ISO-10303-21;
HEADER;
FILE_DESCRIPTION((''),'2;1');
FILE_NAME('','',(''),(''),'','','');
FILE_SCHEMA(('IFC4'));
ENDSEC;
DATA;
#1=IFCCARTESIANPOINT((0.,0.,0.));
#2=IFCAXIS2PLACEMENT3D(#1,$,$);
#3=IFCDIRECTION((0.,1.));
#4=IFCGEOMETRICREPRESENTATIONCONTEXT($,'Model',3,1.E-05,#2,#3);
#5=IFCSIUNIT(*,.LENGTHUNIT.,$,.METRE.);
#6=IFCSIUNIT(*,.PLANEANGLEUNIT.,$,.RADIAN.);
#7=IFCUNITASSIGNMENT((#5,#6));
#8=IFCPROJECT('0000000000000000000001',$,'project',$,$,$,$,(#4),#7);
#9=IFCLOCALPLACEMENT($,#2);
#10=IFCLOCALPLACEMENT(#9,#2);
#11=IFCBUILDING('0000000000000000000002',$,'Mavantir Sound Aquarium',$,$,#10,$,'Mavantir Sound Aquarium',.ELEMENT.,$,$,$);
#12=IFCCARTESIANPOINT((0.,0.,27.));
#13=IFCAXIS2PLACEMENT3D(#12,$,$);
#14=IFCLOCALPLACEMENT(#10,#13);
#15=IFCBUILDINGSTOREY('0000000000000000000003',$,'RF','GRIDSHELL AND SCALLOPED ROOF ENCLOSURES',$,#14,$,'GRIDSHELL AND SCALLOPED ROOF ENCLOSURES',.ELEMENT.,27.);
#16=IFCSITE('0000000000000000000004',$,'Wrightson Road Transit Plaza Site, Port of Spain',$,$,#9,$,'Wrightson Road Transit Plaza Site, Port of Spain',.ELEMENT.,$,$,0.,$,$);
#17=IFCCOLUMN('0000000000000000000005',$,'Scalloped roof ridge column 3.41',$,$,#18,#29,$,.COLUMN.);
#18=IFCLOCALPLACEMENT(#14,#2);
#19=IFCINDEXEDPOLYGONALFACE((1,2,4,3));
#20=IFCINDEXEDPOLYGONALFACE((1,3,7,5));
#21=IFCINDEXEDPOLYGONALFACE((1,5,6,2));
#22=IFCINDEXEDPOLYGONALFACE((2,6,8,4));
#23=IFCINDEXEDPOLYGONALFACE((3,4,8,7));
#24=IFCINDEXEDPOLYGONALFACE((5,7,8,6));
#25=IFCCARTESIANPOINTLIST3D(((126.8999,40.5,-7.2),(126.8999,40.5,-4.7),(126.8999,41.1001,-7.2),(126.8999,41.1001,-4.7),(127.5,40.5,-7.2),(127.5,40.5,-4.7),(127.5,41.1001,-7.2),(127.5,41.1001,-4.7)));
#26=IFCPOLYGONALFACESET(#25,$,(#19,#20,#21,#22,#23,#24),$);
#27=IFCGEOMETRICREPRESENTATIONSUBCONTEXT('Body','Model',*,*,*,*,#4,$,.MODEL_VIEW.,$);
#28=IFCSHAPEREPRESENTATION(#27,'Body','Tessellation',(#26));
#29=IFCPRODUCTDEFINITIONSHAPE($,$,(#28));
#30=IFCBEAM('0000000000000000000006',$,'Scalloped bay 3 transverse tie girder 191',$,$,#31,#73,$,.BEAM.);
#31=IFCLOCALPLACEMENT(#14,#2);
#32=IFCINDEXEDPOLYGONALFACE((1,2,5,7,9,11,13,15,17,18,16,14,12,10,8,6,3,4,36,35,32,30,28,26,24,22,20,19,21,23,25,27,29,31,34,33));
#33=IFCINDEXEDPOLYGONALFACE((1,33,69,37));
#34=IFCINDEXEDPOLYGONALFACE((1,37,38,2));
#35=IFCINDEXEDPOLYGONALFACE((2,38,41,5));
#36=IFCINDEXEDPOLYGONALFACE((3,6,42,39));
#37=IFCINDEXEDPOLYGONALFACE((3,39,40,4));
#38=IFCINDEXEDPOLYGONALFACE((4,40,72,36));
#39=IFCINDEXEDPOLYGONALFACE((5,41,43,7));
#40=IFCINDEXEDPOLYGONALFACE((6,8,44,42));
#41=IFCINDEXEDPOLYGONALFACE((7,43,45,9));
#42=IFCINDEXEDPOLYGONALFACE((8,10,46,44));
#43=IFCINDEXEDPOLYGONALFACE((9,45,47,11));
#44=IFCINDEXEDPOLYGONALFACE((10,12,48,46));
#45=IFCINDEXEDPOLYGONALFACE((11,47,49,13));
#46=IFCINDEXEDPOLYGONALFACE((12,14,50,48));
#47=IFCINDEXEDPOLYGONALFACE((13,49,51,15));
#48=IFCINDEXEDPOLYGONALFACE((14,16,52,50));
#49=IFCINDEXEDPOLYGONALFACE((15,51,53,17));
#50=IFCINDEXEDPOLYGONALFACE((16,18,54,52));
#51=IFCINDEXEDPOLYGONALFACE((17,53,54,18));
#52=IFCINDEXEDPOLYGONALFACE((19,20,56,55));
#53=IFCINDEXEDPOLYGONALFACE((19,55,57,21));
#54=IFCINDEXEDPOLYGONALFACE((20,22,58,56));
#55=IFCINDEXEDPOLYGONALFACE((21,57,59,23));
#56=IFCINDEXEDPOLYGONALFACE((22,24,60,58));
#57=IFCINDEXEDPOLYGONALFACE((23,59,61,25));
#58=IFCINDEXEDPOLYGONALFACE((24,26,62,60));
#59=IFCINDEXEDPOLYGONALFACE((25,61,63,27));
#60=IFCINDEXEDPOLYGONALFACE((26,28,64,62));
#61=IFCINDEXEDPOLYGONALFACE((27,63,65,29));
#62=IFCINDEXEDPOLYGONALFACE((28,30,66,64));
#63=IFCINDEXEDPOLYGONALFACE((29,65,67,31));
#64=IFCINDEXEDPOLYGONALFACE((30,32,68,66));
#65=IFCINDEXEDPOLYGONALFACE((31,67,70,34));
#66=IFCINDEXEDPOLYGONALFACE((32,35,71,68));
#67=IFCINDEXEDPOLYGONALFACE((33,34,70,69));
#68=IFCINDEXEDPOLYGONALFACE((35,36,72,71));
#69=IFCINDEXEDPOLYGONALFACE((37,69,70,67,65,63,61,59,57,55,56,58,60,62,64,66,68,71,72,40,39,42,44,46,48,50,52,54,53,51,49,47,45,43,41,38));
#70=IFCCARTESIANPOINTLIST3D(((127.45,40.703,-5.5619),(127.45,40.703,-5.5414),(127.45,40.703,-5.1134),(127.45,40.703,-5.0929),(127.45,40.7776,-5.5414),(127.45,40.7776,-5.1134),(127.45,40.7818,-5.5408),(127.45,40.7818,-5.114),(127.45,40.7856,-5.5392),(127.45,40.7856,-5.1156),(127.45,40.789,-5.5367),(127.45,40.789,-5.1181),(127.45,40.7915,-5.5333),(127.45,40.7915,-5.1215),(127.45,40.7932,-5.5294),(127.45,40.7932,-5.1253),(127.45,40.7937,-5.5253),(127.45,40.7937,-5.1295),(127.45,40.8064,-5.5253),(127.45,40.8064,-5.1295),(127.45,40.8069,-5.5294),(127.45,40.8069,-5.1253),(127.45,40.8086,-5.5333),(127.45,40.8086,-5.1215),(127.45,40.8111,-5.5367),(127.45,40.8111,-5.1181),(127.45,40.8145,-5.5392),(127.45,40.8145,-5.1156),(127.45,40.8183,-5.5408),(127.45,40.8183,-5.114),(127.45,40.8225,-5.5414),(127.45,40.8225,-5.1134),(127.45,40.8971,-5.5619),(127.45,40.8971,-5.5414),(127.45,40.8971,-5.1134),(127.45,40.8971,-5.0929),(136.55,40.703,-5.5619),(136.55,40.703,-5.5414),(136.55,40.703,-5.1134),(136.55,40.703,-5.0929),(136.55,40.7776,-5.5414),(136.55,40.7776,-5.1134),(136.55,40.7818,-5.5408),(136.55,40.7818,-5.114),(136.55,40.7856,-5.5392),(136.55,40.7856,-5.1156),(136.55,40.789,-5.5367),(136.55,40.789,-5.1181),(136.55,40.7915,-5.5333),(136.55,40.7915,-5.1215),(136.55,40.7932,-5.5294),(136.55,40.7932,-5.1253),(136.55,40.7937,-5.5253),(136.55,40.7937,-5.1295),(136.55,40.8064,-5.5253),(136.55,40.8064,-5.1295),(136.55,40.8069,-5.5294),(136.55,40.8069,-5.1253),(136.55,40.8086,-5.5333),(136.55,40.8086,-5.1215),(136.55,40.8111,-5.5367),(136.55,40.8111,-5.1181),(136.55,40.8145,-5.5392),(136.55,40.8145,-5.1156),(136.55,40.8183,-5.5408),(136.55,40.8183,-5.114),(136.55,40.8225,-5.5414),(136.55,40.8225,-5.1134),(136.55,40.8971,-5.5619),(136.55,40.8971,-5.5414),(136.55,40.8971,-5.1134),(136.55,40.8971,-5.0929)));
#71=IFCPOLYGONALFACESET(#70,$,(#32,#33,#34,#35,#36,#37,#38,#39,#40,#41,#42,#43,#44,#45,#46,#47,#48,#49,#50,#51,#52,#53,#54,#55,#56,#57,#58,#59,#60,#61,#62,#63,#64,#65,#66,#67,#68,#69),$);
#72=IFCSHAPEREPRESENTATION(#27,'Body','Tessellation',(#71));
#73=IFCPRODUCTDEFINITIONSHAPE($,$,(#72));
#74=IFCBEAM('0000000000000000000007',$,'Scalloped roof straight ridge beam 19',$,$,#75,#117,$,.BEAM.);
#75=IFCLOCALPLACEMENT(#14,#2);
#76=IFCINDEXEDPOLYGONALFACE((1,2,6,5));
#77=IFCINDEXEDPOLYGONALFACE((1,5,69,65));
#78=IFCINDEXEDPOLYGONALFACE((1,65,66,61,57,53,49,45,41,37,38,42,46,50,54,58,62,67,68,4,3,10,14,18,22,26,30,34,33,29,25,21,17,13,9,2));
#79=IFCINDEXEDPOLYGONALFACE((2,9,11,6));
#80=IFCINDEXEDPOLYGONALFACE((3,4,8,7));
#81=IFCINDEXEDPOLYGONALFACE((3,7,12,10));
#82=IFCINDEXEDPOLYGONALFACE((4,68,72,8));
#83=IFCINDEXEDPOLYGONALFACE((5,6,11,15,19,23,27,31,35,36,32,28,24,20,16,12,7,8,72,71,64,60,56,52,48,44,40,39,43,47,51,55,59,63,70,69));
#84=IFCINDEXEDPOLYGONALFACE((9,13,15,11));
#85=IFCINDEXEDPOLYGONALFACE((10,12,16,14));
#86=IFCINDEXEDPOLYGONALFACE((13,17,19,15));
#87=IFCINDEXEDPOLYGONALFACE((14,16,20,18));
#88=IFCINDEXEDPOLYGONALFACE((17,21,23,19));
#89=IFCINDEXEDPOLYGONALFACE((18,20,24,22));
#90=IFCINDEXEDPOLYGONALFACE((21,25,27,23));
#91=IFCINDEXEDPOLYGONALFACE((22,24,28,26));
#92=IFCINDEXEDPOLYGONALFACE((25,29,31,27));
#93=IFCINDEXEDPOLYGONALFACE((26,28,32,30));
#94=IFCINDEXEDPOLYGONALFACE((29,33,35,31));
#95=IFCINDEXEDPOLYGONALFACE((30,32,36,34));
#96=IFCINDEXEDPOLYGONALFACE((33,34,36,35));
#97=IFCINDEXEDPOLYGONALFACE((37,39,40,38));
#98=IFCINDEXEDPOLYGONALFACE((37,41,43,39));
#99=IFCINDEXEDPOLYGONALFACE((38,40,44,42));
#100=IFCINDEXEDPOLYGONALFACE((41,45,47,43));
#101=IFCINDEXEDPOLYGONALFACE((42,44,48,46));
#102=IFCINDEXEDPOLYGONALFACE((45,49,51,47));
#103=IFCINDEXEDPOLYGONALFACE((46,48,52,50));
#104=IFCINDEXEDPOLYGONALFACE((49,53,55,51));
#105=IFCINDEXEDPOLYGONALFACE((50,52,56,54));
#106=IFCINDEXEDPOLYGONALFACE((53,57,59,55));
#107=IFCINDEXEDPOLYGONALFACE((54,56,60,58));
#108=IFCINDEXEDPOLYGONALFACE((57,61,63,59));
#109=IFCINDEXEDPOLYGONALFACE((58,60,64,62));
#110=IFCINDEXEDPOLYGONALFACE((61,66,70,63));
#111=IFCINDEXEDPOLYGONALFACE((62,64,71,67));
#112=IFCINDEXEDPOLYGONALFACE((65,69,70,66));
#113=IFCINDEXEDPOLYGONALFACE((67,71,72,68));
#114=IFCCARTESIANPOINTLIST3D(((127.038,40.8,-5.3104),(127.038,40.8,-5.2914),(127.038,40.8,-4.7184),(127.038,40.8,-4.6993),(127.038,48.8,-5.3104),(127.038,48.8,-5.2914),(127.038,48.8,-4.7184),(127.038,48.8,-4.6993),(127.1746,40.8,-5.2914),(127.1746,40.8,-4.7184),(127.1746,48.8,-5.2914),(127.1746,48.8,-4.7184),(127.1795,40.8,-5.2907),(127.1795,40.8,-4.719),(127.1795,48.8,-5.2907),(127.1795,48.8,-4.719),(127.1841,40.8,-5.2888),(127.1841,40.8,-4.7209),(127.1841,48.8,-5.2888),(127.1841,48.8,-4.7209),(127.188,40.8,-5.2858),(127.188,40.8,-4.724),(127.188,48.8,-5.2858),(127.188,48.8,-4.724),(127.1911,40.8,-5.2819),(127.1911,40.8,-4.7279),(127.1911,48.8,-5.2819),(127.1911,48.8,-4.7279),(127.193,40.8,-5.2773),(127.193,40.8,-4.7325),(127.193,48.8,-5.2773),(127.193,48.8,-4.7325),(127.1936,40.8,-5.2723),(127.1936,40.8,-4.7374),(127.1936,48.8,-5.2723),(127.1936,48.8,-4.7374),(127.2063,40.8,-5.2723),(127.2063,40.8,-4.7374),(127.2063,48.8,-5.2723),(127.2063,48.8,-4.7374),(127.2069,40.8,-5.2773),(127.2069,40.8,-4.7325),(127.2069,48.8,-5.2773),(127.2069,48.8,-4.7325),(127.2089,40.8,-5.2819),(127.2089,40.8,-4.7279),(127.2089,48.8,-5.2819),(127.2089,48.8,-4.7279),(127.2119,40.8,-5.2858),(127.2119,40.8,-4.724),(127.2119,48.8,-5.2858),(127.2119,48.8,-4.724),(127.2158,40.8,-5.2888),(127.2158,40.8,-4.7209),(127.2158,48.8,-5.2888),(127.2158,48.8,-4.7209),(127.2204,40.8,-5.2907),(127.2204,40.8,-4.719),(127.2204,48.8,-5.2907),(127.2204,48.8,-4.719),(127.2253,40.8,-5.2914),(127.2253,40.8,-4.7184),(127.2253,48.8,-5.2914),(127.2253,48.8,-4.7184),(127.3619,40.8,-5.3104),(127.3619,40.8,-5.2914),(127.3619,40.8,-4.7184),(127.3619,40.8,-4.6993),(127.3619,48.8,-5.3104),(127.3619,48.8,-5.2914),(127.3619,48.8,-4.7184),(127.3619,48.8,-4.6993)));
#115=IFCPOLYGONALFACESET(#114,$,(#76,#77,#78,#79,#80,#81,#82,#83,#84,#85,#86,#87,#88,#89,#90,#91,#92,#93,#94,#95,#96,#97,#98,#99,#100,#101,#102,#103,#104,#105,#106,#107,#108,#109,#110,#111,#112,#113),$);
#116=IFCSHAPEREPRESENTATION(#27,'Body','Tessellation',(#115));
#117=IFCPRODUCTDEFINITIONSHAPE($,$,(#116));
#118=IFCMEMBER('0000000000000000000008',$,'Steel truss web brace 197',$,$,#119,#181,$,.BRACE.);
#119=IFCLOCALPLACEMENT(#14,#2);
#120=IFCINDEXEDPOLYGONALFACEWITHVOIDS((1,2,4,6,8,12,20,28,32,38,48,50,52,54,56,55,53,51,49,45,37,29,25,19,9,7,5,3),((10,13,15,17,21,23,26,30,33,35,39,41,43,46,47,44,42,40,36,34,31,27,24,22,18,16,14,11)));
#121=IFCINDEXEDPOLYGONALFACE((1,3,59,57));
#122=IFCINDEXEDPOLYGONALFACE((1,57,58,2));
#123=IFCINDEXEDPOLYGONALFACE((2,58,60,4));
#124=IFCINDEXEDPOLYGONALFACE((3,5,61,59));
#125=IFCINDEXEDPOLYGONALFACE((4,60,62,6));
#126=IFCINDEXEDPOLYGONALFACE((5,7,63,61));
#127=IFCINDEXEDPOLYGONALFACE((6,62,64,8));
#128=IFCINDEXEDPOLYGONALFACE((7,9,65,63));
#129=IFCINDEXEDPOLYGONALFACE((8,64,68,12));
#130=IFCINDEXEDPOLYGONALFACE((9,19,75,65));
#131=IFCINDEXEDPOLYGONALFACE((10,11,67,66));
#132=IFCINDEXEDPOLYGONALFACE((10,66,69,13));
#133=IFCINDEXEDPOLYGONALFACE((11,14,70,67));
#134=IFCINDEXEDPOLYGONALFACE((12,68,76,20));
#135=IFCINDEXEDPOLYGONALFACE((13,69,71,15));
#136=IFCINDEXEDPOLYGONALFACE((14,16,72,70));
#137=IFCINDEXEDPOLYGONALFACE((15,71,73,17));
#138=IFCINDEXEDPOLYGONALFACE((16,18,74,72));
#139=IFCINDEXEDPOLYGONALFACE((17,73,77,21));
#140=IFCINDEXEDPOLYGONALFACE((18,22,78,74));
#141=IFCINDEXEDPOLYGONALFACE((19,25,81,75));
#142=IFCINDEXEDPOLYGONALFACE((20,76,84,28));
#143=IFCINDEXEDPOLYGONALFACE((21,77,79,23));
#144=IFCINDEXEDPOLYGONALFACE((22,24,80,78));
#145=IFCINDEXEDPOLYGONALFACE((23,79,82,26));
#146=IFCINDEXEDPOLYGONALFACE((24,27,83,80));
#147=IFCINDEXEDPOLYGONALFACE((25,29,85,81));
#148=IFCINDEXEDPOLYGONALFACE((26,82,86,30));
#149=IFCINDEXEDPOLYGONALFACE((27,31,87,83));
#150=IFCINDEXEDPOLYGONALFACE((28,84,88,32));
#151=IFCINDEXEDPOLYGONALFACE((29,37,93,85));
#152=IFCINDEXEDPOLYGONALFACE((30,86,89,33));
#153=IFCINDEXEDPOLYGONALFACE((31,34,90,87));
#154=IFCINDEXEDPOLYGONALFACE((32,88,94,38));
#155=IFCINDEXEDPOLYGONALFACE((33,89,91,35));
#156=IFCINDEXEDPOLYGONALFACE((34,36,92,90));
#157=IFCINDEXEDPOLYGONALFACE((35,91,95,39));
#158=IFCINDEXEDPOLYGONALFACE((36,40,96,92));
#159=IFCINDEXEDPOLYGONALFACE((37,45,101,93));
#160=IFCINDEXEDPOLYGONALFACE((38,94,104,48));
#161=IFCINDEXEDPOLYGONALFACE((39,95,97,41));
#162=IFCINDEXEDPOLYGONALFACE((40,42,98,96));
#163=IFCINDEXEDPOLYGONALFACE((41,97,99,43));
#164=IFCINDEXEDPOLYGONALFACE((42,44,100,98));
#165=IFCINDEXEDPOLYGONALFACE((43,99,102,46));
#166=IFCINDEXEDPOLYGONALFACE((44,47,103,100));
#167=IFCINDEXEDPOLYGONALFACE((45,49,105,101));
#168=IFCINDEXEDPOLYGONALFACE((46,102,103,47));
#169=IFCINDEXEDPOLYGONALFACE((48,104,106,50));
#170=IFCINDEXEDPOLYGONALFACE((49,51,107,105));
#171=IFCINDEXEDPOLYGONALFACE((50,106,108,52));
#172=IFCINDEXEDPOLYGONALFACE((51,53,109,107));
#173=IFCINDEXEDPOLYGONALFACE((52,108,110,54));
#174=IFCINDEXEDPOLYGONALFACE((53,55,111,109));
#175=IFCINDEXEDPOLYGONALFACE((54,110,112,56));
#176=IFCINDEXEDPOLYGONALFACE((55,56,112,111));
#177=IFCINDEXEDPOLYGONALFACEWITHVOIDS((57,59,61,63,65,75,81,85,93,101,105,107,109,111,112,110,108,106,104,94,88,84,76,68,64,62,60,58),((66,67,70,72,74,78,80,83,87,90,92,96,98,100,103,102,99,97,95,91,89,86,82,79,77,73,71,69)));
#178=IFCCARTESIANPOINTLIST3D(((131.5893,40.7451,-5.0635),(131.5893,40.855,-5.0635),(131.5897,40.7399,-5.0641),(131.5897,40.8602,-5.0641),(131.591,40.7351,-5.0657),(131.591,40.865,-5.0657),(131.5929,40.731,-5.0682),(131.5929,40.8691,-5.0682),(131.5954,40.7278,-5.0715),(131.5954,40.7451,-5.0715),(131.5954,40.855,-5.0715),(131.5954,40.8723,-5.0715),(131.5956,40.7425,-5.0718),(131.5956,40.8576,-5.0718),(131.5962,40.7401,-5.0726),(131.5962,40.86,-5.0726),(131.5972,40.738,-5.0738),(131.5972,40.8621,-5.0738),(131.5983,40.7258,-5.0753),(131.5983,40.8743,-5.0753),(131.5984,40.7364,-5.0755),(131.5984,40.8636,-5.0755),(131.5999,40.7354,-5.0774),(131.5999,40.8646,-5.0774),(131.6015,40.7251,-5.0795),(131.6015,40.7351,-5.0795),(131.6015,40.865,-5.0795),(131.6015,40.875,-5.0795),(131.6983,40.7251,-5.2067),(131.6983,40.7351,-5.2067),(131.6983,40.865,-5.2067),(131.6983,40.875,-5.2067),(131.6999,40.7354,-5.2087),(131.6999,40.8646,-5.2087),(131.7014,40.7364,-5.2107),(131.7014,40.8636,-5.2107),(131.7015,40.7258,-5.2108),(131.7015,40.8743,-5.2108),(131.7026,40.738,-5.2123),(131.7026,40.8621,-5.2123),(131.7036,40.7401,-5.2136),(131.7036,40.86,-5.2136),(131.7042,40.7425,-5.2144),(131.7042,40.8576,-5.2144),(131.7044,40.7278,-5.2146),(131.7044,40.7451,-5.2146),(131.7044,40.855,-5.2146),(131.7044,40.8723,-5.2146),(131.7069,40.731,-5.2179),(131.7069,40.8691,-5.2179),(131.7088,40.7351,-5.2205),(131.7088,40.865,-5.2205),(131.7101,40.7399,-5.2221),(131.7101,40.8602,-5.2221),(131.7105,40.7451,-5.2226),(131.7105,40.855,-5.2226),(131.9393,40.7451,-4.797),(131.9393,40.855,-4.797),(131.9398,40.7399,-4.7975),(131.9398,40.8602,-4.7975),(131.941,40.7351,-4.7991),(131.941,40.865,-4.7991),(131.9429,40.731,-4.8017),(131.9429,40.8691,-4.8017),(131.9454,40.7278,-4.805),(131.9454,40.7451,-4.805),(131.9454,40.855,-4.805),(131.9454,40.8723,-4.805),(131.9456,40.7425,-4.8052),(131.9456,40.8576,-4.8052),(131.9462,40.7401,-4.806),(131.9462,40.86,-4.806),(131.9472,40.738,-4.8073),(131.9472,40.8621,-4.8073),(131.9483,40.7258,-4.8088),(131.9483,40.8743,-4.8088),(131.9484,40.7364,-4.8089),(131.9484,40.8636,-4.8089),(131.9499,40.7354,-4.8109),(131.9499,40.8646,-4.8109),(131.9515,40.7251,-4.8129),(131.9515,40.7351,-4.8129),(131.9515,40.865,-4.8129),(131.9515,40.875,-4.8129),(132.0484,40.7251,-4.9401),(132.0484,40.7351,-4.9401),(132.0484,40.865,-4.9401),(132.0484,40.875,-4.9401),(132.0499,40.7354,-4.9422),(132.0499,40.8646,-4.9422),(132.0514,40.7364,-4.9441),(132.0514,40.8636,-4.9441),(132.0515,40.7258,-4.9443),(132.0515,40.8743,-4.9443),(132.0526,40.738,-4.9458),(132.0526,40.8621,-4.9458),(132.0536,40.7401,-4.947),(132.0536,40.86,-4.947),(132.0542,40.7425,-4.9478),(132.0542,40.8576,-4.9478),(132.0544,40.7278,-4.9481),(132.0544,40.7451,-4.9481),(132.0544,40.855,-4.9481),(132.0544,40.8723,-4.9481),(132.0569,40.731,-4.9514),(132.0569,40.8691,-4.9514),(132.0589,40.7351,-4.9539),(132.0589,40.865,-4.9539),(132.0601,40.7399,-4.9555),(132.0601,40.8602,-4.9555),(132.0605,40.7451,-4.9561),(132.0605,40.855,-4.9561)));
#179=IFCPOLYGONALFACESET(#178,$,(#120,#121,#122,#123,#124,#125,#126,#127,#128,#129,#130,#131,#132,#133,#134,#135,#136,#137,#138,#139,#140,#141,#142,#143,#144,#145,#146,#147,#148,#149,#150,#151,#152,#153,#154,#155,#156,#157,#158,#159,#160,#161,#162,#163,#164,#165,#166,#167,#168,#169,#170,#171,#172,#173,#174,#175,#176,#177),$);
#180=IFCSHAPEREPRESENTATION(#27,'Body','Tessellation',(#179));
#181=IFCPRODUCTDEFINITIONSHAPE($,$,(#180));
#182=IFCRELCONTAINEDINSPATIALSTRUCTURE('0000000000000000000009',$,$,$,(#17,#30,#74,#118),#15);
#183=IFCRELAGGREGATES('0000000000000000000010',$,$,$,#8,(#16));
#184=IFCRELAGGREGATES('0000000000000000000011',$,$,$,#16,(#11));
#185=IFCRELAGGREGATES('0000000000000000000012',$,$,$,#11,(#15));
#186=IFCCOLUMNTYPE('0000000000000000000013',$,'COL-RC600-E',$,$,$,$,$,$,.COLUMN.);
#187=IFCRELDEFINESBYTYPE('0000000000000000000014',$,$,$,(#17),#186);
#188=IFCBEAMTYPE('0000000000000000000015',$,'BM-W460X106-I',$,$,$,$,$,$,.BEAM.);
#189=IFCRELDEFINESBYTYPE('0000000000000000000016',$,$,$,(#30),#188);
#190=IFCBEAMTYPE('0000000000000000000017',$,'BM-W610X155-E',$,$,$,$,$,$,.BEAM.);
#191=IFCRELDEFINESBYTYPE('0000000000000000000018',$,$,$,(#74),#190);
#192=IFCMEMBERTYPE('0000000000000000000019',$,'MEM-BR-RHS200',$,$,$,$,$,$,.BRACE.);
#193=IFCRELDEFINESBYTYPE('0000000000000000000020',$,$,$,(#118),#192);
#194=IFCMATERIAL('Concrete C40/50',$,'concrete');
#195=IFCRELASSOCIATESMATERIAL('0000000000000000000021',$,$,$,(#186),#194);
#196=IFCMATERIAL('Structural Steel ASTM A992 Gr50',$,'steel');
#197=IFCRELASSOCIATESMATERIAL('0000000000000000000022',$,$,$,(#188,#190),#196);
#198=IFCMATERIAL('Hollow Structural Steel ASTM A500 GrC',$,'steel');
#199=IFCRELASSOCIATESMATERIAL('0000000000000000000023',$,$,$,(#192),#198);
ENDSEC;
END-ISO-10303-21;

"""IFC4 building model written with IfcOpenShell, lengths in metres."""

from ifc_helpers import new_model, si_unit, direction, frame, origin, origin_2d, place, context, subcontext, project, spatial, rectangle, hollow_rectangle, i_section, extrude, material, material_profile, profile_set, type_object, element, save


model = new_model("IFC4")

# Units and contexts
model_context = context("Model", 3, precision=1e-05, world=origin(), true_north=direction((0.0, 1.0)))
body_context = subcontext(model_context, "Body", "Model", "MODEL_VIEW")
ifc_project = project(units=[si_unit("LENGTHUNIT", "METRE"), si_unit("PLANEANGLEUNIT", "RADIAN")], contexts=[model_context])

# Site, building, storey
site_placement = place(None, origin())
site = spatial("IfcSite", under=ifc_project, at=site_placement, Name="Wrightson Road Transit Plaza Site, Port of Spain", LongName="Wrightson Road Transit Plaza Site, Port of Spain", CompositionType="ELEMENT", RefElevation=0.0)
building_placement = place(site_placement, origin())
building = spatial("IfcBuilding", under=site, at=building_placement, Name="Mavantir Sound Aquarium", LongName="Mavantir Sound Aquarium", CompositionType="ELEMENT")
storey_placement = place(building_placement, frame((0.0, 0.0, 27.0)))
storey = spatial("IfcBuildingStorey", under=building, at=storey_placement, Name="RF", Description="GRIDSHELL AND SCALLOPED ROOF ENCLOSURES", LongName="GRIDSHELL AND SCALLOPED ROOF ENCLOSURES", CompositionType="ELEMENT", Elevation=27.0)

# Column
ifc_material_1 = material(Name="Concrete C40/50", Category="concrete")
ifc_material_profile_1 = material_profile(ifc_material_1, rectangle(XDim=0.6001, YDim=0.6001, at=origin_2d()), Name="RC 600X600")
ifc_profile_set_1 = profile_set([ifc_material_profile_1], Name="Concrete C40/50")
column_type = type_object("IfcColumnType", Name="COL-RC600-E", PredefinedType="COLUMN", material=ifc_profile_set_1)
column_placement = place(storey_placement, frame((127.2, 40.8, -7.2), z_axis=(0.0, 0.0, 1.0), x_axis=(1.0, 0.0, 0.0)))
element("IfcColumn", 1, at=column_placement, inside=storey, type_object=column_type, Name="Scalloped roof ridge column 3.41", PredefinedType="COLUMN", context=body_context, shape_type="SweptSolid", body=[
    extrude(rectangle(XDim=0.6001, YDim=0.6001, at=origin_2d()), origin(), (0.0, 0.0, 1.0), 2.5),
])

# Beams
ifc_material_2 = material(Name="Structural Steel ASTM A992 Gr50", Category="steel")
ifc_material_profile_2 = material_profile(ifc_material_2, i_section(OverallWidth=0.1941, OverallDepth=0.469, WebThickness=0.0127, FlangeThickness=0.0205, FilletRadius=0.0161, at=origin_2d()), Name="W460X106")
ifc_profile_set_2 = profile_set([ifc_material_profile_2], Name="Structural Steel ASTM A992 Gr50")
beam_type_1 = type_object("IfcBeamType", Name="BM-W460X106-I", PredefinedType="BEAM", material=ifc_profile_set_2)
beam_1_placement = place(storey_placement, frame((127.45, 40.8, -5.3274), z_axis=(1.0, 0.0, 0.0), x_axis=(0.0, 1.0, 0.0)))
element("IfcBeam", 2, at=beam_1_placement, inside=storey, type_object=beam_type_1, Name="Scalloped bay 3 transverse tie girder 191", PredefinedType="BEAM", context=body_context, shape_type="SweptSolid", body=[
    extrude(i_section(OverallWidth=0.1941, OverallDepth=0.469, WebThickness=0.0127, FlangeThickness=0.0205, FilletRadius=0.0161, at=origin_2d()), origin(), (0.0, 0.0, 1.0), 9.1001),
])
ifc_material_profile_3 = material_profile(ifc_material_2, i_section(OverallWidth=0.324, OverallDepth=0.6111, WebThickness=0.0127, FlangeThickness=0.019, FilletRadius=0.019, at=origin_2d()), Name="W610X155")
ifc_profile_set_3 = profile_set([ifc_material_profile_3], Name="Structural Steel ASTM A992 Gr50")
beam_type_2 = type_object("IfcBeamType", Name="BM-W610X155-E", PredefinedType="BEAM", material=ifc_profile_set_3)
beam_2_placement = place(storey_placement, frame((127.2, 40.8, -5.0049), z_axis=(0.0, 1.0, 0.0), x_axis=(-1.0, 0.0, 0.0)))
element("IfcBeam", 3, at=beam_2_placement, inside=storey, type_object=beam_type_2, Name="Scalloped roof straight ridge beam 19", PredefinedType="BEAM", context=body_context, shape_type="SweptSolid", body=[
    extrude(i_section(OverallWidth=0.324, OverallDepth=0.6111, WebThickness=0.0127, FlangeThickness=0.019, FilletRadius=0.019, at=origin_2d()), origin(), (0.0, 0.0, 1.0), 8.0),
])

# Member
ifc_material_3 = material(Name="Hollow Structural Steel ASTM A500 GrC", Category="steel")
ifc_material_profile_4 = material_profile(ifc_material_3, hollow_rectangle(XDim=0.1499, YDim=0.2, WallThickness=0.01, InnerFilletRadius=0.01, OuterFilletRadius=0.02, at=origin_2d()), Name="RHS 200X150X10")
ifc_profile_set_4 = profile_set([ifc_material_profile_4], Name="Hollow Structural Steel ASTM A500 GrC")
member_type_1 = type_object("IfcMemberType", Name="MEM-BR-RHS200", PredefinedType="BRACE", material=ifc_profile_set_4)
member_1_placement = place(storey_placement, frame((131.6499, 40.8, -5.1431), z_axis=(0.795585, 0.0, 0.605843), x_axis=(0.0, 1.0, 0.0)))
element("IfcMember", 4, at=member_1_placement, inside=storey, type_object=member_type_1, Name="Steel truss web brace 197", PredefinedType="BRACE", context=body_context, shape_type="SweptSolid", body=[
    extrude(hollow_rectangle(XDim=0.1499, YDim=0.2, WallThickness=0.01, InnerFilletRadius=0.01, OuterFilletRadius=0.02, at=origin_2d()), origin(), (0.0, 0.0, 1.0), 0.4399),
])

save(model, "model.ifc")
